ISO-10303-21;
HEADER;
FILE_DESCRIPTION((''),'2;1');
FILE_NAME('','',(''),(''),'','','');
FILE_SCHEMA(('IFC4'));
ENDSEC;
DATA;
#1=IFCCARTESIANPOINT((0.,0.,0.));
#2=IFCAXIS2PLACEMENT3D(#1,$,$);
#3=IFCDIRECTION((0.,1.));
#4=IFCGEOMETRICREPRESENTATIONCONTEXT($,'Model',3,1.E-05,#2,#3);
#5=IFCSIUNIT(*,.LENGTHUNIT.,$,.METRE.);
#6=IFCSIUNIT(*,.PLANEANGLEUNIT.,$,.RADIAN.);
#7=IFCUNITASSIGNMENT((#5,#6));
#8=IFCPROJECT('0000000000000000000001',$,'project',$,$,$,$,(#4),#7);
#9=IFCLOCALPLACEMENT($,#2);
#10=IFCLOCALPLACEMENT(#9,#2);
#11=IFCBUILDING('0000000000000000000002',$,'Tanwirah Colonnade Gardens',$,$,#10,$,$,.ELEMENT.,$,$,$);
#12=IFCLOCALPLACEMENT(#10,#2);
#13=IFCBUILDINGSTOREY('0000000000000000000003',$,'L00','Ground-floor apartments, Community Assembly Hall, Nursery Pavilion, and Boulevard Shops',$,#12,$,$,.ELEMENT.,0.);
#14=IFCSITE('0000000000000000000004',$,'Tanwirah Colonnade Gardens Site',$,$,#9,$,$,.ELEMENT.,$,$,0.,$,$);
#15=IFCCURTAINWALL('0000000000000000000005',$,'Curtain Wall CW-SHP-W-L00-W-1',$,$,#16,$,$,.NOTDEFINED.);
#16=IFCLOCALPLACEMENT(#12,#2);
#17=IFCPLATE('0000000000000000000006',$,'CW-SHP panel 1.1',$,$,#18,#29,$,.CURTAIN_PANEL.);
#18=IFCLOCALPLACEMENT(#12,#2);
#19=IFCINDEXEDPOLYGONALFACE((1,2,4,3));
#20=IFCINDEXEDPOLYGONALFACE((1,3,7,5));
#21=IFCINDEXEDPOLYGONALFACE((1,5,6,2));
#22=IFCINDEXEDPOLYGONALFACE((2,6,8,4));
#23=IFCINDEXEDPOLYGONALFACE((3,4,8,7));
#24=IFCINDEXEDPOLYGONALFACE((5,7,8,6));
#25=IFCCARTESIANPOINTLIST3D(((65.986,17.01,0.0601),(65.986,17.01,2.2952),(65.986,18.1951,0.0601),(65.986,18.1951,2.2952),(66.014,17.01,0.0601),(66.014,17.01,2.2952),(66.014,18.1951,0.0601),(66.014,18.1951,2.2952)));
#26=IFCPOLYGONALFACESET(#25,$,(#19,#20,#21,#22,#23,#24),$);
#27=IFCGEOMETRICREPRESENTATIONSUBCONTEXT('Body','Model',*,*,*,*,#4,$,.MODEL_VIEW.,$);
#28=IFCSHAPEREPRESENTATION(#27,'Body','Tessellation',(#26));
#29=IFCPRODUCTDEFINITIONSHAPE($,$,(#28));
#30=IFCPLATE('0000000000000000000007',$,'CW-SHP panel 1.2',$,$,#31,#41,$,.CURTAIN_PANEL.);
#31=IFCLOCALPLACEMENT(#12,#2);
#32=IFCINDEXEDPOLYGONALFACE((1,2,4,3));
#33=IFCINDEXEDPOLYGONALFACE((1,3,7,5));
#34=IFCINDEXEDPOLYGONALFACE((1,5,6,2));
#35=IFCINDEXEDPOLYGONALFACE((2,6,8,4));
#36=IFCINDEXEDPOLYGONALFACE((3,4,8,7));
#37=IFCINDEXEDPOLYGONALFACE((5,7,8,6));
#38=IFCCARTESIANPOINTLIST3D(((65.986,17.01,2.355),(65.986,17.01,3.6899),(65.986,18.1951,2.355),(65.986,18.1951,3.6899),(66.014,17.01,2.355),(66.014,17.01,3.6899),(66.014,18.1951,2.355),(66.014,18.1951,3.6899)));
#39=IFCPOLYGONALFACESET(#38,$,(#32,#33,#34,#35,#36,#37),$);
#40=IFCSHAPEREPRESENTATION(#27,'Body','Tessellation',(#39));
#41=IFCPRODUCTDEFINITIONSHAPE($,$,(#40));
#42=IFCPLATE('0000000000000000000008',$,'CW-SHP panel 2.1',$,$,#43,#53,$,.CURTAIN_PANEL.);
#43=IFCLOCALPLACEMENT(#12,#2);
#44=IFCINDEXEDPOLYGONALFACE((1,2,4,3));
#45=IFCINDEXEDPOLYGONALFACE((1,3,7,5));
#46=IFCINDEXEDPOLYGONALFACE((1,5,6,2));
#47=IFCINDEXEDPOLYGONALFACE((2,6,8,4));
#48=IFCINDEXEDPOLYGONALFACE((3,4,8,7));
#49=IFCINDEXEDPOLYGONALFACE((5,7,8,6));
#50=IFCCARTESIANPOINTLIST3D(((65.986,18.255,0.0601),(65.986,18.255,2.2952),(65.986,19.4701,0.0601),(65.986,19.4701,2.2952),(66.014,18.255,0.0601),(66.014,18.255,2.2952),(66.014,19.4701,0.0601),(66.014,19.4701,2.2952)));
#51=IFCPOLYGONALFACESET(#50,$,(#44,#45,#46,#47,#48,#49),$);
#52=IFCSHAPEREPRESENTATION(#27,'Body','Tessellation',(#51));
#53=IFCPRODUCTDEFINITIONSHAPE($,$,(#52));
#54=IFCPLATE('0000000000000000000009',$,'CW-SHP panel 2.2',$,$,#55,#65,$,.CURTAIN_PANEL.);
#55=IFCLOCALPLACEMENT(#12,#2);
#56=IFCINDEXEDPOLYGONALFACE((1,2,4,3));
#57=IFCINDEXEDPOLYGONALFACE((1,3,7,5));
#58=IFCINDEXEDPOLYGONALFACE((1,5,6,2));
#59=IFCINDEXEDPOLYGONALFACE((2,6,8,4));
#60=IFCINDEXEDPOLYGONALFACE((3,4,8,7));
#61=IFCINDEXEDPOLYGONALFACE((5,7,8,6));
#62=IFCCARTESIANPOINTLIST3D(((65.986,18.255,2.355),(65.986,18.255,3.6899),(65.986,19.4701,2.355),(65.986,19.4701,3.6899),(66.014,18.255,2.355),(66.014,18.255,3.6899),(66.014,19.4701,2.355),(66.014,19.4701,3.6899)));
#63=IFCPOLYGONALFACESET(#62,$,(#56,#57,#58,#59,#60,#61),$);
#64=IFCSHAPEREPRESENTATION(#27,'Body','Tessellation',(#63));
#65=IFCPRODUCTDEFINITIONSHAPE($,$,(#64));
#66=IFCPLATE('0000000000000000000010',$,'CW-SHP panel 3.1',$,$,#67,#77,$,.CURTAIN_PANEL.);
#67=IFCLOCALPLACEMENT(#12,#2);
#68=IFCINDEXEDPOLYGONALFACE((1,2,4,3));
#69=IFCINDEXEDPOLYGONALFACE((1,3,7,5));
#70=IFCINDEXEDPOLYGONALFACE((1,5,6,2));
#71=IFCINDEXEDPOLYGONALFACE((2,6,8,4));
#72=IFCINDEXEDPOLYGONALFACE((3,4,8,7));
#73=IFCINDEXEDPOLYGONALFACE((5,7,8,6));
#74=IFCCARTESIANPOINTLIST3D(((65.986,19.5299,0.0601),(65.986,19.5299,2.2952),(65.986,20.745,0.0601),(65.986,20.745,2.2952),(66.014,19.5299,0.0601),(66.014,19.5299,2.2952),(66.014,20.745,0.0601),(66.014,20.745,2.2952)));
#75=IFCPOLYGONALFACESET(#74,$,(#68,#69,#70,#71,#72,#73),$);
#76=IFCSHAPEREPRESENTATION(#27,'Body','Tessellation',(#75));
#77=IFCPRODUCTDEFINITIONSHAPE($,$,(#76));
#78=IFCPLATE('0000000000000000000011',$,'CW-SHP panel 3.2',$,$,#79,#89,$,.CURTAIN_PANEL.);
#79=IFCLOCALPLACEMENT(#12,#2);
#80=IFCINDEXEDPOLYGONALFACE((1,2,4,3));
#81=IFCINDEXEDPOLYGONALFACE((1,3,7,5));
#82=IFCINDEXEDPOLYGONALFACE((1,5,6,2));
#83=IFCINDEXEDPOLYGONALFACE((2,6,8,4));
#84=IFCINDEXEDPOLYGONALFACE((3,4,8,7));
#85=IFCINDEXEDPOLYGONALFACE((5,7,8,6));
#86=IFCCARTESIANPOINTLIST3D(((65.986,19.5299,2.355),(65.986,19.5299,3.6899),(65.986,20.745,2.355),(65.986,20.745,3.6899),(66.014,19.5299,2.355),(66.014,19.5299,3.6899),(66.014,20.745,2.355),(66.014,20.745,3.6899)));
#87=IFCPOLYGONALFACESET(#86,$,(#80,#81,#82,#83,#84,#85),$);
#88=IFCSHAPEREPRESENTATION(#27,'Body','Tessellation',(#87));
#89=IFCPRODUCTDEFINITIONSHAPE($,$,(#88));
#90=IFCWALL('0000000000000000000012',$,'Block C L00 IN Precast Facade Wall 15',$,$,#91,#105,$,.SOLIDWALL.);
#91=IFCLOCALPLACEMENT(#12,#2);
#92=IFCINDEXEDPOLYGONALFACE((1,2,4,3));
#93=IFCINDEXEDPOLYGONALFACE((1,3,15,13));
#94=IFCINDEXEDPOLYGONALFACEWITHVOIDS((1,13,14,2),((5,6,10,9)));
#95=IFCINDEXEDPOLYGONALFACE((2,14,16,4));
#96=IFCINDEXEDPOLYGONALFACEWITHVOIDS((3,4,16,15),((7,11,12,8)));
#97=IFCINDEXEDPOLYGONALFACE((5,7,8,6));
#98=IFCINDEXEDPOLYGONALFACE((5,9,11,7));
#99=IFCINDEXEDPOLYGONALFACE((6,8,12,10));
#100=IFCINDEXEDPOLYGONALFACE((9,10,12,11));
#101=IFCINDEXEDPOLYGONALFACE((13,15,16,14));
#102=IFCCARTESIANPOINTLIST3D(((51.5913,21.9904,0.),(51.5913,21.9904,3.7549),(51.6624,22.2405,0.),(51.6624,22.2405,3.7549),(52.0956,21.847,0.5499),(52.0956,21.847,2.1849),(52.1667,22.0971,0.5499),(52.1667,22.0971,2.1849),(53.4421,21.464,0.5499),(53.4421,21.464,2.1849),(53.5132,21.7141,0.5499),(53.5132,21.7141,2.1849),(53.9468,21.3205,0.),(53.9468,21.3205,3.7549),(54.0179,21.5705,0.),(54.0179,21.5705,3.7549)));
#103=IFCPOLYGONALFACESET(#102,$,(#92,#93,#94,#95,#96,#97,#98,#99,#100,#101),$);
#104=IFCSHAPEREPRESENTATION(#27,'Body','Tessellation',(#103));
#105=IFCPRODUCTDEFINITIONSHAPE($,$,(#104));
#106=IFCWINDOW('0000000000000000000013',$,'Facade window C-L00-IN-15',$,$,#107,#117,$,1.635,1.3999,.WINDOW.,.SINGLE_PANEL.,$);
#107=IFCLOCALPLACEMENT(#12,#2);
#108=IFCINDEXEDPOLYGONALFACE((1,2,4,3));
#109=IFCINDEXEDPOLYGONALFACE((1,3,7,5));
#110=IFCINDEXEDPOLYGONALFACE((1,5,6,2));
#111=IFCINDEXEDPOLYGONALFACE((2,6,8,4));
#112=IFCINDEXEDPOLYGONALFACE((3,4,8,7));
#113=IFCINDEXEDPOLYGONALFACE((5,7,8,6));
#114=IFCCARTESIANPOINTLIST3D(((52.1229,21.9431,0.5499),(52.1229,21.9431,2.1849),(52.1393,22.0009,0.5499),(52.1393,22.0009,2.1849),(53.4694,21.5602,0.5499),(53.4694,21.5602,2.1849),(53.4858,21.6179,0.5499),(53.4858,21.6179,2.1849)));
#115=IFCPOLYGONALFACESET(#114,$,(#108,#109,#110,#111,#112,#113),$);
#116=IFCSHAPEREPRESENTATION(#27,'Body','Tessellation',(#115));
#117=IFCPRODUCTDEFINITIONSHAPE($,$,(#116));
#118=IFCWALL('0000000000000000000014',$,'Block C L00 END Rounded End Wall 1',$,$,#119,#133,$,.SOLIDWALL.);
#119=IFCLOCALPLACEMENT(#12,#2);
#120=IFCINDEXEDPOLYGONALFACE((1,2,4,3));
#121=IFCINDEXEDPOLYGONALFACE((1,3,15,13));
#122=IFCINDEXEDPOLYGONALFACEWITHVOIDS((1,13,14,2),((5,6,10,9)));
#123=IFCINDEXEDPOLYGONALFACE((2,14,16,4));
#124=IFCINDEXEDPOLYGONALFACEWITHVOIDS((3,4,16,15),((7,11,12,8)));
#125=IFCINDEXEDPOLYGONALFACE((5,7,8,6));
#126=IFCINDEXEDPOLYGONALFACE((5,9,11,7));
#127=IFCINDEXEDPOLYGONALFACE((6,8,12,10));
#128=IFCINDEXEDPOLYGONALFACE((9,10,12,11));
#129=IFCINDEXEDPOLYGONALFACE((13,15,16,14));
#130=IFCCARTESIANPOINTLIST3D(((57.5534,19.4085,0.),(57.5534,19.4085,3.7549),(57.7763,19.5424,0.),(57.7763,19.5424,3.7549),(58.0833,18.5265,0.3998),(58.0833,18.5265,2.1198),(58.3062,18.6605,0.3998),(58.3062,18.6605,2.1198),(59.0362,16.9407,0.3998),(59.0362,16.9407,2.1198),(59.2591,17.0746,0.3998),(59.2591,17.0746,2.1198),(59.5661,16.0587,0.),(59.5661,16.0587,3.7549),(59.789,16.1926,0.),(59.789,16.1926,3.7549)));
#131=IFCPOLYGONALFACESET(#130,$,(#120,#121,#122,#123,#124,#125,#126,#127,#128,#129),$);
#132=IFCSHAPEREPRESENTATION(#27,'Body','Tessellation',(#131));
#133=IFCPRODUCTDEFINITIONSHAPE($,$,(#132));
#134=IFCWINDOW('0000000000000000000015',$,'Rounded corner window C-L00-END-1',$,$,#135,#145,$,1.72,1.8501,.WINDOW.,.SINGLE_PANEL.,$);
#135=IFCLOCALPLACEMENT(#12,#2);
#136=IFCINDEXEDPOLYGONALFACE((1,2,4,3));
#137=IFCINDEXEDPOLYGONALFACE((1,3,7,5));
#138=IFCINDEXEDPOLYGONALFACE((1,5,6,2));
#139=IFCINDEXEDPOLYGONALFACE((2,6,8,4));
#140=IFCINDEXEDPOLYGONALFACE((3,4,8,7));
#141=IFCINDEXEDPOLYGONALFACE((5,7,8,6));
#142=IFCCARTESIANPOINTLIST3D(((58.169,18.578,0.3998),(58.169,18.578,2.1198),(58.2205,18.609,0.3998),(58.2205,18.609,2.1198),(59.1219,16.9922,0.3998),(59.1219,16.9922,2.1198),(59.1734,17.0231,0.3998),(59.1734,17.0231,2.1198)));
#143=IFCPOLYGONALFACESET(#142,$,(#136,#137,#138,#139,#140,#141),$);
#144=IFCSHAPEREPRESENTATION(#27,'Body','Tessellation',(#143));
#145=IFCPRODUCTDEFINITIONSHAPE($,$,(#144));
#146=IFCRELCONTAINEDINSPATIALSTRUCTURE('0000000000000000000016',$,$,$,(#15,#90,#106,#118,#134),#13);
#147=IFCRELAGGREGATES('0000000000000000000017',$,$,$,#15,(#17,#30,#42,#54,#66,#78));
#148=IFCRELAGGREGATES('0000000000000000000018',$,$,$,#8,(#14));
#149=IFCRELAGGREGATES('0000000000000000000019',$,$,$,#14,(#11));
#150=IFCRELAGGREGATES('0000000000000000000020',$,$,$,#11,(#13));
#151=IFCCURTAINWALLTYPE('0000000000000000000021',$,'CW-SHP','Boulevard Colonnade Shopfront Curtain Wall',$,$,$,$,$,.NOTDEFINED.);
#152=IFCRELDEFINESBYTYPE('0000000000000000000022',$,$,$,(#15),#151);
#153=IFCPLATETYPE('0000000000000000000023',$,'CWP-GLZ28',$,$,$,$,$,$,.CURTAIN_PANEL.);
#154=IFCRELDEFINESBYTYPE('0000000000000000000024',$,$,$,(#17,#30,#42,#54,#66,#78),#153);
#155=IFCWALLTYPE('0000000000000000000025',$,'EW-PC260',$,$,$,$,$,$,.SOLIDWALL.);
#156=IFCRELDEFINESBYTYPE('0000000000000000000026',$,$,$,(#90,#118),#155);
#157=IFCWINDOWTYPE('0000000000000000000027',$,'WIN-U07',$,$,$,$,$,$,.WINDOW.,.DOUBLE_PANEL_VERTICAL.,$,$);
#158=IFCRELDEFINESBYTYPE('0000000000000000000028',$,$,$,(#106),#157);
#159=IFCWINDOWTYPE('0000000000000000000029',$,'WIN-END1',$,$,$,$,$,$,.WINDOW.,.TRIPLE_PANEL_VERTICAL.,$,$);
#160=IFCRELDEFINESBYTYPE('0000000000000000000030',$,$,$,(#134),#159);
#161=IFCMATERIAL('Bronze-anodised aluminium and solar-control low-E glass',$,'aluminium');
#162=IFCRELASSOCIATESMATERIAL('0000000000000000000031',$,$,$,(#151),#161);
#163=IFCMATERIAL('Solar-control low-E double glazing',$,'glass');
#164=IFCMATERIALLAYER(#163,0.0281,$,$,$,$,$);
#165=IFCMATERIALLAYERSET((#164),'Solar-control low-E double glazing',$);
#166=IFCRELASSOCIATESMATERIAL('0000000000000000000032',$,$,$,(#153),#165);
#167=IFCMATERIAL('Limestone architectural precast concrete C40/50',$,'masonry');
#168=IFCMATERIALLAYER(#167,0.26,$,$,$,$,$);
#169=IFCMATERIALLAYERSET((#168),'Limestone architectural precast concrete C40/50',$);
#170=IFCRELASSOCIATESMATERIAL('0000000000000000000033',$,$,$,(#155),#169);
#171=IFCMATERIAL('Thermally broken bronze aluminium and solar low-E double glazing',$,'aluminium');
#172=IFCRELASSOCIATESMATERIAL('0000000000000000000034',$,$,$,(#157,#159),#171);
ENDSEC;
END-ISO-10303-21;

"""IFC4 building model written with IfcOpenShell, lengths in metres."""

from ifc_helpers import new_model, si_unit, direction, frame, frame_2d, origin, origin_2d, place, context, subcontext, project, spatial, rectangle, extrude, material, layer, layer_set, type_object, element, fill, aggregate, save


model = new_model("IFC4")

# Units and contexts
model_context = context("Model", 3, precision=1e-05, world=origin(), true_north=direction((0.0, 1.0)))
body_context = subcontext(model_context, "Body", "Model", "MODEL_VIEW")
ifc_project = project(units=[si_unit("LENGTHUNIT", "METRE"), si_unit("PLANEANGLEUNIT", "RADIAN")], contexts=[model_context])

# Site, building, storey
site_placement = place(None, origin())
site = spatial("IfcSite", under=ifc_project, at=site_placement, Name="Tanwirah Colonnade Gardens Site", CompositionType="ELEMENT", RefElevation=0.0)
building_placement = place(site_placement, origin())
building = spatial("IfcBuilding", under=site, at=building_placement, Name="Tanwirah Colonnade Gardens", CompositionType="ELEMENT")
storey_placement = place(building_placement, origin())
storey = spatial("IfcBuildingStorey", under=building, at=storey_placement, Name="L00", Description="Ground-floor apartments, Community Assembly Hall, Nursery Pavilion, and Boulevard Shops", CompositionType="ELEMENT", Elevation=0.0)

# Curtain wall
ifc_material_1 = material(Name="Bronze-anodised aluminium and solar-control low-E glass", Category="aluminium")
curtain_wall_type = type_object("IfcCurtainWallType", Name="CW-SHP", Description="Boulevard Colonnade Shopfront Curtain Wall", PredefinedType="NOTDEFINED", material=ifc_material_1)
curtain_wall_placement = place(storey_placement, origin())
curtain_wall = element("IfcCurtainWall", 1, at=curtain_wall_placement, inside=storey, type_object=curtain_wall_type, Name="Curtain Wall CW-SHP-W-L00-W-1", PredefinedType="NOTDEFINED")

# Plates
ifc_material_2 = material(Name="Solar-control low-E double glazing", Category="glass")
ifc_layer_1 = layer(ifc_material_2, 0.0281)
ifc_layer_set_1 = layer_set([ifc_layer_1], Name="Solar-control low-E double glazing")
plate_type = type_object("IfcPlateType", Name="CWP-GLZ28", PredefinedType="CURTAIN_PANEL", material=ifc_layer_set_1)
plate_1_placement = place(storey_placement, frame((66.0, 17.6025, 0.0601), z_axis=(0.0, 0.0, 1.0), x_axis=(0.0, 1.0, 0.0)))
plate_1 = element("IfcPlate", 2, at=plate_1_placement, type_object=plate_type, Name="CW-SHP panel 1.1", PredefinedType="CURTAIN_PANEL", context=body_context, shape_type="SweptSolid", body=[
    extrude(rectangle(XDim=1.1851, YDim=0.0281, at=origin_2d()), origin(), (0.0, 0.0, 1.0), 2.2351),
])
plate_2_placement = place(storey_placement, frame((66.0, 17.6025, 2.355), z_axis=(0.0, 0.0, 1.0), x_axis=(0.0, 1.0, 0.0)))
plate_2 = element("IfcPlate", 3, at=plate_2_placement, type_object=plate_type, Name="CW-SHP panel 1.2", PredefinedType="CURTAIN_PANEL", context=body_context, shape_type="SweptSolid", body=[
    extrude(rectangle(XDim=1.1851, YDim=0.0281, at=origin_2d()), origin(), (0.0, 0.0, 1.0), 1.335),
])
plate_3_placement = place(storey_placement, frame((66.0, 18.8625, 0.0601), z_axis=(0.0, 0.0, 1.0), x_axis=(0.0, 1.0, 0.0)))
plate_3 = element("IfcPlate", 4, at=plate_3_placement, type_object=plate_type, Name="CW-SHP panel 2.1", PredefinedType="CURTAIN_PANEL", context=body_context, shape_type="SweptSolid", body=[
    extrude(rectangle(XDim=1.2151, YDim=0.0281, at=origin_2d()), origin(), (0.0, 0.0, 1.0), 2.2351),
])
plate_4_placement = place(storey_placement, frame((66.0, 18.8625, 2.355), z_axis=(0.0, 0.0, 1.0), x_axis=(0.0, 1.0, 0.0)))
plate_4 = element("IfcPlate", 5, at=plate_4_placement, type_object=plate_type, Name="CW-SHP panel 2.2", PredefinedType="CURTAIN_PANEL", context=body_context, shape_type="SweptSolid", body=[
    extrude(rectangle(XDim=1.2151, YDim=0.0281, at=origin_2d()), origin(), (0.0, 0.0, 1.0), 1.335),
])
plate_5_placement = place(storey_placement, frame((66.0, 20.1375, 0.0601), z_axis=(0.0, 0.0, 1.0), x_axis=(0.0, 1.0, 0.0)))
plate_5 = element("IfcPlate", 6, at=plate_5_placement, type_object=plate_type, Name="CW-SHP panel 3.1", PredefinedType="CURTAIN_PANEL", context=body_context, shape_type="SweptSolid", body=[
    extrude(rectangle(XDim=1.2151, YDim=0.0281, at=origin_2d()), origin(), (0.0, 0.0, 1.0), 2.2351),
])
plate_6_placement = place(storey_placement, frame((66.0, 20.1375, 2.355), z_axis=(0.0, 0.0, 1.0), x_axis=(0.0, 1.0, 0.0)))
plate_6 = element("IfcPlate", 7, at=plate_6_placement, type_object=plate_type, Name="CW-SHP panel 3.2", PredefinedType="CURTAIN_PANEL", context=body_context, shape_type="SweptSolid", body=[
    extrude(rectangle(XDim=1.2151, YDim=0.0281, at=origin_2d()), origin(), (0.0, 0.0, 1.0), 1.335),
])
aggregate(curtain_wall, [plate_1, plate_2, plate_3, plate_4, plate_5, plate_6])

# Walls, openings, windows
ifc_material_3 = material(Name="Limestone architectural precast concrete C40/50", Category="masonry")
ifc_layer_2 = layer(ifc_material_3, 0.26)
ifc_layer_set_2 = layer_set([ifc_layer_2], Name="Limestone architectural precast concrete C40/50")
wall_type = type_object("IfcWallType", Name="EW-PC260", PredefinedType="SOLIDWALL", material=ifc_layer_set_2)
wall_1_placement = place(storey_placement, frame((51.6267, 22.1155, 0.0), z_axis=(0.0, 0.0, 1.0), x_axis=(0.961854, -0.273562, 0.0)))
wall_1 = element("IfcWall", 8, at=wall_1_placement, inside=storey, type_object=wall_type, Name="Block C L00 IN Precast Facade Wall 15", PredefinedType="SOLIDWALL", context=body_context, shape_type="SweptSolid", body=[
    extrude(rectangle(XDim=2.449, YDim=0.26, at=frame_2d((1.2246, 0.0))), origin(), (0.0, 0.0, 1.0), 3.7549),
])
opening_1_placement = place(wall_1_placement, frame((0.5244, 0.0, 0.55)))
opening_1 = element("IfcOpeningElement", 9, at=opening_1_placement, cuts=wall_1, PredefinedType="OPENING", context=body_context, shape_type="SweptSolid", body=[
    extrude(rectangle(XDim=1.3999, YDim=1.635, at=frame_2d((0.7, 0.8174))), frame((0.0, 0.1399, 0.0), z_axis=(0.0, -1.0, 0.0), x_axis=(1.0, 0.0, 0.0)), (0.0, 0.0, 1.0), 0.28),
])
ifc_material_4 = material(Name="Thermally broken bronze aluminium and solar low-E double glazing", Category="aluminium")
window_type_1 = type_object("IfcWindowType", Name="WIN-U07", PartitioningType="DOUBLE_PANEL_VERTICAL", PredefinedType="WINDOW", material=ifc_material_4)
window_1_placement = place(opening_1_placement, origin())
window_1 = element("IfcWindow", 10, at=window_1_placement, inside=storey, type_object=window_type_1, Name="Facade window C-L00-IN-15", OverallHeight=1.635, OverallWidth=1.3999, PartitioningType="SINGLE_PANEL", PredefinedType="WINDOW", context=body_context, shape_type="SweptSolid", body=[
    extrude(rectangle(XDim=1.3999, YDim=1.635, at=frame_2d((0.7, 0.8174))), frame((0.0, 0.03, 0.0), z_axis=(0.0, -1.0, 0.0), x_axis=(1.0, 0.0, 0.0)), (0.0, 0.0, 1.0), 0.0601),
])
fill(opening_1, window_1)
wall_2_placement = place(storey_placement, frame((57.6648, 19.4756, 0.0), z_axis=(0.0, 0.0, 1.0), x_axis=(0.515019, -0.857179, 0.0)))
wall_2 = element("IfcWall", 11, at=wall_2_placement, inside=storey, type_object=wall_type, Name="Block C L00 END Rounded End Wall 1", PredefinedType="SOLIDWALL", context=body_context, shape_type="SweptSolid", body=[
    extrude(rectangle(XDim=3.908, YDim=0.26, at=frame_2d((1.9541, 0.0))), origin(), (0.0, 0.0, 1.0), 3.7549),
])
opening_2_placement = place(wall_2_placement, frame((1.0291, 0.0, 0.3999)))
opening_2 = element("IfcOpeningElement", 12, at=opening_2_placement, cuts=wall_2, PredefinedType="OPENING", context=body_context, shape_type="SweptSolid", body=[
    extrude(rectangle(XDim=1.8501, YDim=1.72, at=frame_2d((0.925, 0.8599))), frame((0.0, 0.1399, 0.0), z_axis=(0.0, -1.0, 0.0), x_axis=(1.0, 0.0, 0.0)), (0.0, 0.0, 1.0), 0.28),
])
window_type_2 = type_object("IfcWindowType", Name="WIN-END1", PartitioningType="TRIPLE_PANEL_VERTICAL", PredefinedType="WINDOW", material=ifc_material_4)
window_2_placement = place(opening_2_placement, origin())
window_2 = element("IfcWindow", 13, at=window_2_placement, inside=storey, type_object=window_type_2, Name="Rounded corner window C-L00-END-1", OverallHeight=1.72, OverallWidth=1.8501, PartitioningType="SINGLE_PANEL", PredefinedType="WINDOW", context=body_context, shape_type="SweptSolid", body=[
    extrude(rectangle(XDim=1.8501, YDim=1.72, at=frame_2d((0.925, 0.8599))), frame((0.0, 0.03, 0.0), z_axis=(0.0, -1.0, 0.0), x_axis=(1.0, 0.0, 0.0)), (0.0, 0.0, 1.0), 0.0601),
])
fill(opening_2, window_2)

save(model, "model.ifc")
